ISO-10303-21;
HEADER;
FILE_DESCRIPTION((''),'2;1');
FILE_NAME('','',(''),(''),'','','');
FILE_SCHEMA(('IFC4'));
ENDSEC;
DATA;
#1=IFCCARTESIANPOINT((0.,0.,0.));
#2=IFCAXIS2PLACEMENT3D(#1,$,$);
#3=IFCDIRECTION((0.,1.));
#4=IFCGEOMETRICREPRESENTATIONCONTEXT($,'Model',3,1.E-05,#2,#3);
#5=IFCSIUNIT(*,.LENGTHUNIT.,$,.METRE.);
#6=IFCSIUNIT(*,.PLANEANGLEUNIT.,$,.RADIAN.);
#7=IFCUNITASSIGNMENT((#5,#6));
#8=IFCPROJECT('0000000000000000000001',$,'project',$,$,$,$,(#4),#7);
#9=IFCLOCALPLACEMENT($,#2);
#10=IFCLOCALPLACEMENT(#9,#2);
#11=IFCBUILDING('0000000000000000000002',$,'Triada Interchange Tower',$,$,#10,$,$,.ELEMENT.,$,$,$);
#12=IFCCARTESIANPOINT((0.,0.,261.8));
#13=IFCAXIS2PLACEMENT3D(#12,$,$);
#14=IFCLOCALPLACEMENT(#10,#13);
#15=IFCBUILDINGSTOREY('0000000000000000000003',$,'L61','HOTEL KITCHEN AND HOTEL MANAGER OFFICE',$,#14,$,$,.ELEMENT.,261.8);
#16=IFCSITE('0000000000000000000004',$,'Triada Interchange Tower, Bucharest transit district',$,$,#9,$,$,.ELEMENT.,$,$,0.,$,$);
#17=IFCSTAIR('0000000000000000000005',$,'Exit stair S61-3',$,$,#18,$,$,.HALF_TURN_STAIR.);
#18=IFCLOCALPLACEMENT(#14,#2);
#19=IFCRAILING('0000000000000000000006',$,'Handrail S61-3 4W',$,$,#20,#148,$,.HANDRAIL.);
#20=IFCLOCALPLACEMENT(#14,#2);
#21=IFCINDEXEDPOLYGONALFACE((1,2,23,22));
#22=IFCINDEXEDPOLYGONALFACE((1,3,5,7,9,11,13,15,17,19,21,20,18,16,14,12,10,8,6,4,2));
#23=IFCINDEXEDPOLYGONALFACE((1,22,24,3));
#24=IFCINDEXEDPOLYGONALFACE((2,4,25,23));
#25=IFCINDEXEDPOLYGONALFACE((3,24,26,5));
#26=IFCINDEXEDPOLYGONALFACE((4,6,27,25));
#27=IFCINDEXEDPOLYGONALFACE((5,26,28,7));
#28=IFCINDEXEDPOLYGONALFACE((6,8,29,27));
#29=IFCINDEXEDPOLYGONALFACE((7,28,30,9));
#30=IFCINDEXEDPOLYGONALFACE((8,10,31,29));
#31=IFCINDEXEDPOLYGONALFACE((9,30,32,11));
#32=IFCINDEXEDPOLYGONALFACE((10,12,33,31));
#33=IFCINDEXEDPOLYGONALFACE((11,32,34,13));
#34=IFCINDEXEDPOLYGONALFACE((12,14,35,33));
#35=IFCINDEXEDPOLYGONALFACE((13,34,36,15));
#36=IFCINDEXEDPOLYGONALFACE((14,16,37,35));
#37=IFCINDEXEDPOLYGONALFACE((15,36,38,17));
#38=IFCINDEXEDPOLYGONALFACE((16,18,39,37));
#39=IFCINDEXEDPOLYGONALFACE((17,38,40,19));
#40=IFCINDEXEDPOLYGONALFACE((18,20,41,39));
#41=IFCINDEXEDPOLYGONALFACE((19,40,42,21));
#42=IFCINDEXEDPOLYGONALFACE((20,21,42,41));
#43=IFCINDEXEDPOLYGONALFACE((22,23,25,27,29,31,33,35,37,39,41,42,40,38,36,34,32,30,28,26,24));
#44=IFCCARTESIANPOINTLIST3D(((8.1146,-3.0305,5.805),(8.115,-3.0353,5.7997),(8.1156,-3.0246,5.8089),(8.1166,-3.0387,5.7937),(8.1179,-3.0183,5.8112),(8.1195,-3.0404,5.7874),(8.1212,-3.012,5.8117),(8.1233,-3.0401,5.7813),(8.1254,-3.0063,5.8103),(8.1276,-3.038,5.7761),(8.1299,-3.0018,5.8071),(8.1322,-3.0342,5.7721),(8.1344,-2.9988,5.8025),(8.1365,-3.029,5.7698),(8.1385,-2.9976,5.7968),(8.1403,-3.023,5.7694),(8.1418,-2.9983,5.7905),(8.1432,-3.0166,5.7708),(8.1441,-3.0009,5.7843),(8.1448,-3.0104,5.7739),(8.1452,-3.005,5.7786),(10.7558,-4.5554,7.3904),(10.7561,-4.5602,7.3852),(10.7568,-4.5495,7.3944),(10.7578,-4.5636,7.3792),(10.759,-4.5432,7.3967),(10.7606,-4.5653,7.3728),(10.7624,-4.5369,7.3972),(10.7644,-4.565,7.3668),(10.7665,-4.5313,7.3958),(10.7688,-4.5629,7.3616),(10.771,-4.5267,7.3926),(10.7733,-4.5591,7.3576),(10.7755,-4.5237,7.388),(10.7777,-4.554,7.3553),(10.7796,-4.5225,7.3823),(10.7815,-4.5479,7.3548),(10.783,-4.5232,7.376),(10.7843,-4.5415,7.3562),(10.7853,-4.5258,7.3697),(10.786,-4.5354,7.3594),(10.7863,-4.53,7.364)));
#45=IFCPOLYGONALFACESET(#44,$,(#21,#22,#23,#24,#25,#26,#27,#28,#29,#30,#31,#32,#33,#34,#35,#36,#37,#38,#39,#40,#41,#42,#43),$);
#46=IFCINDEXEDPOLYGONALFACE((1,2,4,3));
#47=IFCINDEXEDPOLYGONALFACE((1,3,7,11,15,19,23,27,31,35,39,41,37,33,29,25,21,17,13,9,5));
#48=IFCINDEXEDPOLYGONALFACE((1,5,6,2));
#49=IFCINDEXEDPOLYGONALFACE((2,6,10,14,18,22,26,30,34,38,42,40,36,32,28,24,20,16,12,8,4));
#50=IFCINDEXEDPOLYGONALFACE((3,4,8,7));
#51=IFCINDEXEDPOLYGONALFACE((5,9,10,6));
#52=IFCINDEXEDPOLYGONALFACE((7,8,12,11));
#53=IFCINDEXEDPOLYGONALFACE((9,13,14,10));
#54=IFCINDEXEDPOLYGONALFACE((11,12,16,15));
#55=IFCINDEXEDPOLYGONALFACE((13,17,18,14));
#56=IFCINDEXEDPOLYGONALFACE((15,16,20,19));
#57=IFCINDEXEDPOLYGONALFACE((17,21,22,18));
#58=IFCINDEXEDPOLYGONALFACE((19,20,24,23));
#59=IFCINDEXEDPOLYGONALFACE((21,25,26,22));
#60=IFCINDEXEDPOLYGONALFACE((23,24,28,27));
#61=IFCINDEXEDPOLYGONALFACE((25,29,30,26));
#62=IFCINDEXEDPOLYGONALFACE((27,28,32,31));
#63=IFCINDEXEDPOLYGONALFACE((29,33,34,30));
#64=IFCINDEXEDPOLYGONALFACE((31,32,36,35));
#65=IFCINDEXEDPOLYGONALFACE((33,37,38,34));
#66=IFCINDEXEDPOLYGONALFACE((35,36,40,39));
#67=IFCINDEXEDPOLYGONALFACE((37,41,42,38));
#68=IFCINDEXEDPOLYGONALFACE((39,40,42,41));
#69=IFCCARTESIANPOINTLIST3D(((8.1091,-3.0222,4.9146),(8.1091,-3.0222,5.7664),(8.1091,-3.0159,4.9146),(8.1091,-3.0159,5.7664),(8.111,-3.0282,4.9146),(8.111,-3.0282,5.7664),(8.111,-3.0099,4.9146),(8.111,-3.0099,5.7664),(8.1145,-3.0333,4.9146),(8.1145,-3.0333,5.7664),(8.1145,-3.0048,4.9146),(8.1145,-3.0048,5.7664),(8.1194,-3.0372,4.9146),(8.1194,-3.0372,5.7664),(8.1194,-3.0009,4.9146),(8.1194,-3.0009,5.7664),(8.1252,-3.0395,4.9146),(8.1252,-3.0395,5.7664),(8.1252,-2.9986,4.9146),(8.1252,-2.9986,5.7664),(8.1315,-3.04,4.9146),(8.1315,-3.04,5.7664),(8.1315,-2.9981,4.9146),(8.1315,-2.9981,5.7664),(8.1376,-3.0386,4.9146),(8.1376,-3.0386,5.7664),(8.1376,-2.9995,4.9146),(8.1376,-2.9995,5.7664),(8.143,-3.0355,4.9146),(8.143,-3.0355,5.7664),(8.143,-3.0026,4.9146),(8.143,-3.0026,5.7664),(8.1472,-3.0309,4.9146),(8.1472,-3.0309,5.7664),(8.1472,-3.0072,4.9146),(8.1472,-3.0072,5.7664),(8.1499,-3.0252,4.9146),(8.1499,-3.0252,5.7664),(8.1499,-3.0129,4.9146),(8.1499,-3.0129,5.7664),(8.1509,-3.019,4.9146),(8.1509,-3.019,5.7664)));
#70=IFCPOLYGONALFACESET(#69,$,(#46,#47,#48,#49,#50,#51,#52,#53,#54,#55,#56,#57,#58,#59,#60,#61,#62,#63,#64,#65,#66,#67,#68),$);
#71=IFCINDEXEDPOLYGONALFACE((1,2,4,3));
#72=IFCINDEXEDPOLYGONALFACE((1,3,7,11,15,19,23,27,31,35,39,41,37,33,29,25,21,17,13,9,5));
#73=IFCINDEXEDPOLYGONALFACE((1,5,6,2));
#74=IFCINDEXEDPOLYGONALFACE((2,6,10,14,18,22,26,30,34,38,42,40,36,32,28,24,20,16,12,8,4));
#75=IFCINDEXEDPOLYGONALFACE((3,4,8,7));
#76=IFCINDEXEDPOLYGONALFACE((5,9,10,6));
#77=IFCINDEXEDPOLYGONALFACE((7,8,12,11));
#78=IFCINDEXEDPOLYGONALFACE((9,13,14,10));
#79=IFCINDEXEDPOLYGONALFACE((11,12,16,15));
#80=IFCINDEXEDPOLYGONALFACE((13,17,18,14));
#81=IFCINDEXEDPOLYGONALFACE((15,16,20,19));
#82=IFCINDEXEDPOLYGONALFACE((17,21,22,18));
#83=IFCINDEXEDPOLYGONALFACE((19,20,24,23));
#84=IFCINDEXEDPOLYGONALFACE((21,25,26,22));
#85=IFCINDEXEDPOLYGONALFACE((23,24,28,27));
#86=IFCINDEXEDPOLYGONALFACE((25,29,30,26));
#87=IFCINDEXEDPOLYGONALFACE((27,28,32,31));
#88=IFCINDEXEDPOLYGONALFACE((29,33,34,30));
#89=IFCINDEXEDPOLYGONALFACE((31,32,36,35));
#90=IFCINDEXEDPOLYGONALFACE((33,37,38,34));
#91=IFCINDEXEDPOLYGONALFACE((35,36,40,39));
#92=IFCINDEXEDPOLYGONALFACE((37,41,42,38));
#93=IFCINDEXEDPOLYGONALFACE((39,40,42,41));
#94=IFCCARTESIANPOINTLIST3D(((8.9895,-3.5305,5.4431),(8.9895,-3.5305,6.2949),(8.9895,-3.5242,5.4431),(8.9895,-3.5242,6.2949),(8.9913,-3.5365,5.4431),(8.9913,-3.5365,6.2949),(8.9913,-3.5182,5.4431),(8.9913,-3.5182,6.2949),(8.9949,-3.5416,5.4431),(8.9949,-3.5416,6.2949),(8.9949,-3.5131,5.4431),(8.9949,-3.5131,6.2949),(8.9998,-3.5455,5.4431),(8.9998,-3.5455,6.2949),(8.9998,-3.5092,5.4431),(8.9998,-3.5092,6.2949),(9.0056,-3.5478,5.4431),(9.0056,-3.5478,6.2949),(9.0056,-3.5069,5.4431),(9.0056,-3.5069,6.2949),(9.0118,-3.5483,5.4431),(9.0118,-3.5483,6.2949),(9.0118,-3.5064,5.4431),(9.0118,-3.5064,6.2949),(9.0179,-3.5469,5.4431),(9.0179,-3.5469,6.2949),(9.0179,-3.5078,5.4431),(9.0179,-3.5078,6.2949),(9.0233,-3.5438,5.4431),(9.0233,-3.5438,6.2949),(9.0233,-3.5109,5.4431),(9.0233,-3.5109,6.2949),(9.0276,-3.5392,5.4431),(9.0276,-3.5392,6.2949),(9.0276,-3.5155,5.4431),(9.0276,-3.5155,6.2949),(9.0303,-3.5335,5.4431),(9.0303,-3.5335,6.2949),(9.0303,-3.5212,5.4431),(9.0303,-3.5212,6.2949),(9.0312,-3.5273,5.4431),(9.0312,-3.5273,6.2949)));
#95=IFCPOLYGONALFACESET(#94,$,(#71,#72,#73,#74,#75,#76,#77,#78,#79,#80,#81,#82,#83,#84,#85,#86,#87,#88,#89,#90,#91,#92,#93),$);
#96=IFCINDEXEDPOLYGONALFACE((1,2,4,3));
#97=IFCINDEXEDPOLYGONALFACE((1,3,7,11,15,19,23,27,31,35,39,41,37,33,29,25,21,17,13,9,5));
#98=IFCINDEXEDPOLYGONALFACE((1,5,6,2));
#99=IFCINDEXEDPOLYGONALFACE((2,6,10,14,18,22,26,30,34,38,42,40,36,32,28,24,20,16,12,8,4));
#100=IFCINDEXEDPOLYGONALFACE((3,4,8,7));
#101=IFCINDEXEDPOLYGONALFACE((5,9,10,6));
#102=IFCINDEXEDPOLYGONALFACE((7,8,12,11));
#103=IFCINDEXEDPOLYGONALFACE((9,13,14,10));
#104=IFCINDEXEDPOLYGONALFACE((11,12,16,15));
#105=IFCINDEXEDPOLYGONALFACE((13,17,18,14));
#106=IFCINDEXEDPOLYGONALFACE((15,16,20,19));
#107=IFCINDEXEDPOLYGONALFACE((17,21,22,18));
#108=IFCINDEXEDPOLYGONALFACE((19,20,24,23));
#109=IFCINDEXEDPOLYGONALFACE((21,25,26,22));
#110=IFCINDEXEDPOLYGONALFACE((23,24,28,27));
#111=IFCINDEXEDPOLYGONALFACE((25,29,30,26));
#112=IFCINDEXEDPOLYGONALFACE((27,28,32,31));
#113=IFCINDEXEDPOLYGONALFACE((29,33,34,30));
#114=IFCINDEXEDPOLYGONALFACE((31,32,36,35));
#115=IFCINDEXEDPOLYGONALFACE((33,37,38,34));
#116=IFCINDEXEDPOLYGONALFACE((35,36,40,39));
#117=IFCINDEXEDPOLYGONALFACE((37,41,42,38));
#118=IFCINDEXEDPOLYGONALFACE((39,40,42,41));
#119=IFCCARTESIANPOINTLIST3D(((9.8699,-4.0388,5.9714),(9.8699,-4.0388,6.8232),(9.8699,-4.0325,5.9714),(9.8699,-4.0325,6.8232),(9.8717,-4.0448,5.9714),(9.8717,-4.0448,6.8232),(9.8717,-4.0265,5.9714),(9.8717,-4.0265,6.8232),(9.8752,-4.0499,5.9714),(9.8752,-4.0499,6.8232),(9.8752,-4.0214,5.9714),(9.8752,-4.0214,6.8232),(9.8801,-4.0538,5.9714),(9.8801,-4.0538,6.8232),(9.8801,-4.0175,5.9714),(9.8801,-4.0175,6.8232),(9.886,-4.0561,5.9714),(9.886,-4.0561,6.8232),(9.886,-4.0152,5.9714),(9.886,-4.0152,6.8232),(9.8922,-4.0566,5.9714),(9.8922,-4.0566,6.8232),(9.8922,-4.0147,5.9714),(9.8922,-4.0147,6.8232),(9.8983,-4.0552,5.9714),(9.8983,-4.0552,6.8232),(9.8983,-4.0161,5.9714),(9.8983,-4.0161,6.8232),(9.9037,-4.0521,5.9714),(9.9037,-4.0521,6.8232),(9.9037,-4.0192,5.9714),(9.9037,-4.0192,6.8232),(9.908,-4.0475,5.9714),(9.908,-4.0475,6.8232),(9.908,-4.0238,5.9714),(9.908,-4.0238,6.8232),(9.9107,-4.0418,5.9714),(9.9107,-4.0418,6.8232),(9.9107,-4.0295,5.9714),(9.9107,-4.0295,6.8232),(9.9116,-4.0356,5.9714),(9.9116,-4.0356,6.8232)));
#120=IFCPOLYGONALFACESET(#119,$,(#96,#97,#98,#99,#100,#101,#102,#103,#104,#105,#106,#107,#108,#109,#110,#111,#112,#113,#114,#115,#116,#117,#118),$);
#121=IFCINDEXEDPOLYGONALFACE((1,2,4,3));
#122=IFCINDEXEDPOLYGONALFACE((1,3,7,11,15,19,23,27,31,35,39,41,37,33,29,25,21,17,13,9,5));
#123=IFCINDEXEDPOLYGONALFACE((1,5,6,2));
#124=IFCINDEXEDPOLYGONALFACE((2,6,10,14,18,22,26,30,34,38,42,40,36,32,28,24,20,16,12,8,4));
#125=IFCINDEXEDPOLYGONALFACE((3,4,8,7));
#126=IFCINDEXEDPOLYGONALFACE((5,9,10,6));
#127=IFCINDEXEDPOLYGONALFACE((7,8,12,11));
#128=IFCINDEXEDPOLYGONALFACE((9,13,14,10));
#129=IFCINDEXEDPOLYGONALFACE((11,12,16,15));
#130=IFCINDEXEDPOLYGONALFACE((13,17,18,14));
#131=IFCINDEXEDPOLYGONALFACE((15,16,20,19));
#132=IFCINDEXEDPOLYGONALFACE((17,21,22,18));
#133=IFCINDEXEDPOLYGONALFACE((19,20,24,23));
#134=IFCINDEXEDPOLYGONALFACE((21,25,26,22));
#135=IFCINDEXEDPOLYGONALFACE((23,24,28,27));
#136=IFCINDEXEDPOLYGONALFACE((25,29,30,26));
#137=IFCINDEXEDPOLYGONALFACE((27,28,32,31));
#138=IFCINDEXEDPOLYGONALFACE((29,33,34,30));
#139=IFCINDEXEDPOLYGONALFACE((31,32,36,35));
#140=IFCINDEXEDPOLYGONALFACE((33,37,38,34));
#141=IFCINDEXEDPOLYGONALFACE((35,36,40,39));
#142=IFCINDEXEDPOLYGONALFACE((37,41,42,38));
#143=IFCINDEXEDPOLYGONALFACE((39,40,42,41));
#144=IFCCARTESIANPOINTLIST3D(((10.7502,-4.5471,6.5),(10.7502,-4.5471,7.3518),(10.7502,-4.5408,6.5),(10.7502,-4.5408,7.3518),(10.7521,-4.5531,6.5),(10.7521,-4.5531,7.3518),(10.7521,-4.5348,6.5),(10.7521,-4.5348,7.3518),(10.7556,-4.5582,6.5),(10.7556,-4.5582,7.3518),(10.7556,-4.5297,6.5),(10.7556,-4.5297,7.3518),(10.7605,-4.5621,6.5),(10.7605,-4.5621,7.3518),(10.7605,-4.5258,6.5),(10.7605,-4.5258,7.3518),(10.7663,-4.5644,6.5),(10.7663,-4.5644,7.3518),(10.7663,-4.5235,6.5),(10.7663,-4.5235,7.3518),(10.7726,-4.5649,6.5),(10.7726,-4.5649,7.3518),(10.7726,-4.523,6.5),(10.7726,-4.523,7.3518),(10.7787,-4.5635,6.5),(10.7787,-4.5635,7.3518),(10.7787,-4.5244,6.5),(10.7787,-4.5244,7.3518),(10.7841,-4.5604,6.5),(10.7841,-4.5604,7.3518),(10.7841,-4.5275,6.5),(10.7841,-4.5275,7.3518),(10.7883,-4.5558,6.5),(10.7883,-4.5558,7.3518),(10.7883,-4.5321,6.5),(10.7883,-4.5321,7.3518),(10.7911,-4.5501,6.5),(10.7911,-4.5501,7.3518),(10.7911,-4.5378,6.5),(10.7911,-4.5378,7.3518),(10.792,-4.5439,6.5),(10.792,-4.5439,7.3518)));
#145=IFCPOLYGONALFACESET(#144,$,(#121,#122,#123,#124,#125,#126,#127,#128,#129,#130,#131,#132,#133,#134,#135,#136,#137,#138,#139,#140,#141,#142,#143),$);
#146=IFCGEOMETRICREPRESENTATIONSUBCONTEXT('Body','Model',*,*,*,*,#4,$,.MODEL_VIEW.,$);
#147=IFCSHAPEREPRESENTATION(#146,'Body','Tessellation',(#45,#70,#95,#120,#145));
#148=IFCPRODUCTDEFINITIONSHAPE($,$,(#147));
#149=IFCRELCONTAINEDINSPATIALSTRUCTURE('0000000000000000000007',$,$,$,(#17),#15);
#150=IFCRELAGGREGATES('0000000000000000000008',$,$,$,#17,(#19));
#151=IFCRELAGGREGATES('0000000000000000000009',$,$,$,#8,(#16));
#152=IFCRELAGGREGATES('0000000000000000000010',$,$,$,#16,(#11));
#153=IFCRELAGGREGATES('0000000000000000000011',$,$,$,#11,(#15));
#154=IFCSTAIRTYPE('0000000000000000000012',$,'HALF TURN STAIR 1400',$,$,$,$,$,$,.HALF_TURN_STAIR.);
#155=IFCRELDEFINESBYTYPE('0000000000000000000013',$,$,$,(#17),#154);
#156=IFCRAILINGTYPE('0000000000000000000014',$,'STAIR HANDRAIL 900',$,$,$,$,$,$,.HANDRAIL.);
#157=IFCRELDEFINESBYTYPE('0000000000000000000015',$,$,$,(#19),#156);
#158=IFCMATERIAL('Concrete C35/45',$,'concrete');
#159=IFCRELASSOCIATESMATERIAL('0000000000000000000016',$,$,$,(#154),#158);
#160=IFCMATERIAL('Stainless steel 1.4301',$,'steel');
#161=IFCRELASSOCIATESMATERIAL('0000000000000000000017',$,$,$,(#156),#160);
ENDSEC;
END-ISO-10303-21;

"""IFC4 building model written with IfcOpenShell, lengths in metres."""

from ifc_helpers import new_model, si_unit, direction, frame, origin, origin_2d, place, context, subcontext, project, spatial, circle, extrude, material, type_object, element, aggregate, save


model = new_model("IFC4")

# Units and contexts
model_context = context("Model", 3, precision=1e-05, world=origin(), true_north=direction((0.0, 1.0)))
body_context = subcontext(model_context, "Body", "Model", "MODEL_VIEW")
ifc_project = project(units=[si_unit("LENGTHUNIT", "METRE"), si_unit("PLANEANGLEUNIT", "RADIAN")], contexts=[model_context])

# Site, building, storey
site_placement = place(None, origin())
site = spatial("IfcSite", under=ifc_project, at=site_placement, Name="Triada Interchange Tower, Bucharest transit district", CompositionType="ELEMENT", RefElevation=0.0)
building_placement = place(site_placement, origin())
building = spatial("IfcBuilding", under=site, at=building_placement, Name="Triada Interchange Tower", CompositionType="ELEMENT")
storey_placement = place(building_placement, frame((0.0, 0.0, 261.8)))
storey = spatial("IfcBuildingStorey", under=building, at=storey_placement, Name="L61", Description="HOTEL KITCHEN AND HOTEL MANAGER OFFICE", CompositionType="ELEMENT", Elevation=261.8)

# Shared definitions
ifc_material_1 = material(Name="Concrete C35/45", Category="concrete")

# Stair, railing
stair_type = type_object("IfcStairType", Name="HALF TURN STAIR 1400", PredefinedType="HALF_TURN_STAIR", material=ifc_material_1)
stair_placement = place(storey_placement, origin())
stair = element("IfcStair", 1, at=stair_placement, inside=storey, type_object=stair_type, Name="Exit stair S61-3", PredefinedType="HALF_TURN_STAIR")
ifc_material_2 = material(Name="Stainless steel 1.4301", Category="steel")
railing_type_1 = type_object("IfcRailingType", Name="STAIR HANDRAIL 900", PredefinedType="HANDRAIL", material=ifc_material_2)
railing_1_placement = place(storey_placement, frame((8.1299, -3.019, 4.9146)))
railing_1 = element("IfcRailing", 2, at=railing_1_placement, type_object=railing_type_1, Name="Handrail S61-3 4W", PredefinedType="HANDRAIL", context=body_context, shape_type="SweptSolid", body=[
    extrude(circle(Radius=0.0239, at=origin_2d()), frame((0.0, 0.0, 0.876), z_axis=(0.768387, -0.443645, 0.46126), x_axis=(0.500013, 0.866018, 0.0)), (0.0, 0.0, 1.0), 3.4373),
    extrude(circle(Radius=0.021, at=origin_2d()), origin(), (0.0, 0.0, 1.0), 0.8518),
    extrude(circle(Radius=0.021, at=origin_2d()), frame((0.8804, -0.5083, 0.5286)), (0.0, 0.0, 1.0), 0.8518),
    extrude(circle(Radius=0.021, at=origin_2d()), frame((1.7607, -1.0166, 1.0569)), (0.0, 0.0, 1.0), 0.8518),
    extrude(circle(Radius=0.021, at=origin_2d()), frame((2.6411, -1.5249, 1.5854)), (0.0, 0.0, 1.0), 0.8518),
])
aggregate(stair, [railing_1])

save(model, "model.ifc")
